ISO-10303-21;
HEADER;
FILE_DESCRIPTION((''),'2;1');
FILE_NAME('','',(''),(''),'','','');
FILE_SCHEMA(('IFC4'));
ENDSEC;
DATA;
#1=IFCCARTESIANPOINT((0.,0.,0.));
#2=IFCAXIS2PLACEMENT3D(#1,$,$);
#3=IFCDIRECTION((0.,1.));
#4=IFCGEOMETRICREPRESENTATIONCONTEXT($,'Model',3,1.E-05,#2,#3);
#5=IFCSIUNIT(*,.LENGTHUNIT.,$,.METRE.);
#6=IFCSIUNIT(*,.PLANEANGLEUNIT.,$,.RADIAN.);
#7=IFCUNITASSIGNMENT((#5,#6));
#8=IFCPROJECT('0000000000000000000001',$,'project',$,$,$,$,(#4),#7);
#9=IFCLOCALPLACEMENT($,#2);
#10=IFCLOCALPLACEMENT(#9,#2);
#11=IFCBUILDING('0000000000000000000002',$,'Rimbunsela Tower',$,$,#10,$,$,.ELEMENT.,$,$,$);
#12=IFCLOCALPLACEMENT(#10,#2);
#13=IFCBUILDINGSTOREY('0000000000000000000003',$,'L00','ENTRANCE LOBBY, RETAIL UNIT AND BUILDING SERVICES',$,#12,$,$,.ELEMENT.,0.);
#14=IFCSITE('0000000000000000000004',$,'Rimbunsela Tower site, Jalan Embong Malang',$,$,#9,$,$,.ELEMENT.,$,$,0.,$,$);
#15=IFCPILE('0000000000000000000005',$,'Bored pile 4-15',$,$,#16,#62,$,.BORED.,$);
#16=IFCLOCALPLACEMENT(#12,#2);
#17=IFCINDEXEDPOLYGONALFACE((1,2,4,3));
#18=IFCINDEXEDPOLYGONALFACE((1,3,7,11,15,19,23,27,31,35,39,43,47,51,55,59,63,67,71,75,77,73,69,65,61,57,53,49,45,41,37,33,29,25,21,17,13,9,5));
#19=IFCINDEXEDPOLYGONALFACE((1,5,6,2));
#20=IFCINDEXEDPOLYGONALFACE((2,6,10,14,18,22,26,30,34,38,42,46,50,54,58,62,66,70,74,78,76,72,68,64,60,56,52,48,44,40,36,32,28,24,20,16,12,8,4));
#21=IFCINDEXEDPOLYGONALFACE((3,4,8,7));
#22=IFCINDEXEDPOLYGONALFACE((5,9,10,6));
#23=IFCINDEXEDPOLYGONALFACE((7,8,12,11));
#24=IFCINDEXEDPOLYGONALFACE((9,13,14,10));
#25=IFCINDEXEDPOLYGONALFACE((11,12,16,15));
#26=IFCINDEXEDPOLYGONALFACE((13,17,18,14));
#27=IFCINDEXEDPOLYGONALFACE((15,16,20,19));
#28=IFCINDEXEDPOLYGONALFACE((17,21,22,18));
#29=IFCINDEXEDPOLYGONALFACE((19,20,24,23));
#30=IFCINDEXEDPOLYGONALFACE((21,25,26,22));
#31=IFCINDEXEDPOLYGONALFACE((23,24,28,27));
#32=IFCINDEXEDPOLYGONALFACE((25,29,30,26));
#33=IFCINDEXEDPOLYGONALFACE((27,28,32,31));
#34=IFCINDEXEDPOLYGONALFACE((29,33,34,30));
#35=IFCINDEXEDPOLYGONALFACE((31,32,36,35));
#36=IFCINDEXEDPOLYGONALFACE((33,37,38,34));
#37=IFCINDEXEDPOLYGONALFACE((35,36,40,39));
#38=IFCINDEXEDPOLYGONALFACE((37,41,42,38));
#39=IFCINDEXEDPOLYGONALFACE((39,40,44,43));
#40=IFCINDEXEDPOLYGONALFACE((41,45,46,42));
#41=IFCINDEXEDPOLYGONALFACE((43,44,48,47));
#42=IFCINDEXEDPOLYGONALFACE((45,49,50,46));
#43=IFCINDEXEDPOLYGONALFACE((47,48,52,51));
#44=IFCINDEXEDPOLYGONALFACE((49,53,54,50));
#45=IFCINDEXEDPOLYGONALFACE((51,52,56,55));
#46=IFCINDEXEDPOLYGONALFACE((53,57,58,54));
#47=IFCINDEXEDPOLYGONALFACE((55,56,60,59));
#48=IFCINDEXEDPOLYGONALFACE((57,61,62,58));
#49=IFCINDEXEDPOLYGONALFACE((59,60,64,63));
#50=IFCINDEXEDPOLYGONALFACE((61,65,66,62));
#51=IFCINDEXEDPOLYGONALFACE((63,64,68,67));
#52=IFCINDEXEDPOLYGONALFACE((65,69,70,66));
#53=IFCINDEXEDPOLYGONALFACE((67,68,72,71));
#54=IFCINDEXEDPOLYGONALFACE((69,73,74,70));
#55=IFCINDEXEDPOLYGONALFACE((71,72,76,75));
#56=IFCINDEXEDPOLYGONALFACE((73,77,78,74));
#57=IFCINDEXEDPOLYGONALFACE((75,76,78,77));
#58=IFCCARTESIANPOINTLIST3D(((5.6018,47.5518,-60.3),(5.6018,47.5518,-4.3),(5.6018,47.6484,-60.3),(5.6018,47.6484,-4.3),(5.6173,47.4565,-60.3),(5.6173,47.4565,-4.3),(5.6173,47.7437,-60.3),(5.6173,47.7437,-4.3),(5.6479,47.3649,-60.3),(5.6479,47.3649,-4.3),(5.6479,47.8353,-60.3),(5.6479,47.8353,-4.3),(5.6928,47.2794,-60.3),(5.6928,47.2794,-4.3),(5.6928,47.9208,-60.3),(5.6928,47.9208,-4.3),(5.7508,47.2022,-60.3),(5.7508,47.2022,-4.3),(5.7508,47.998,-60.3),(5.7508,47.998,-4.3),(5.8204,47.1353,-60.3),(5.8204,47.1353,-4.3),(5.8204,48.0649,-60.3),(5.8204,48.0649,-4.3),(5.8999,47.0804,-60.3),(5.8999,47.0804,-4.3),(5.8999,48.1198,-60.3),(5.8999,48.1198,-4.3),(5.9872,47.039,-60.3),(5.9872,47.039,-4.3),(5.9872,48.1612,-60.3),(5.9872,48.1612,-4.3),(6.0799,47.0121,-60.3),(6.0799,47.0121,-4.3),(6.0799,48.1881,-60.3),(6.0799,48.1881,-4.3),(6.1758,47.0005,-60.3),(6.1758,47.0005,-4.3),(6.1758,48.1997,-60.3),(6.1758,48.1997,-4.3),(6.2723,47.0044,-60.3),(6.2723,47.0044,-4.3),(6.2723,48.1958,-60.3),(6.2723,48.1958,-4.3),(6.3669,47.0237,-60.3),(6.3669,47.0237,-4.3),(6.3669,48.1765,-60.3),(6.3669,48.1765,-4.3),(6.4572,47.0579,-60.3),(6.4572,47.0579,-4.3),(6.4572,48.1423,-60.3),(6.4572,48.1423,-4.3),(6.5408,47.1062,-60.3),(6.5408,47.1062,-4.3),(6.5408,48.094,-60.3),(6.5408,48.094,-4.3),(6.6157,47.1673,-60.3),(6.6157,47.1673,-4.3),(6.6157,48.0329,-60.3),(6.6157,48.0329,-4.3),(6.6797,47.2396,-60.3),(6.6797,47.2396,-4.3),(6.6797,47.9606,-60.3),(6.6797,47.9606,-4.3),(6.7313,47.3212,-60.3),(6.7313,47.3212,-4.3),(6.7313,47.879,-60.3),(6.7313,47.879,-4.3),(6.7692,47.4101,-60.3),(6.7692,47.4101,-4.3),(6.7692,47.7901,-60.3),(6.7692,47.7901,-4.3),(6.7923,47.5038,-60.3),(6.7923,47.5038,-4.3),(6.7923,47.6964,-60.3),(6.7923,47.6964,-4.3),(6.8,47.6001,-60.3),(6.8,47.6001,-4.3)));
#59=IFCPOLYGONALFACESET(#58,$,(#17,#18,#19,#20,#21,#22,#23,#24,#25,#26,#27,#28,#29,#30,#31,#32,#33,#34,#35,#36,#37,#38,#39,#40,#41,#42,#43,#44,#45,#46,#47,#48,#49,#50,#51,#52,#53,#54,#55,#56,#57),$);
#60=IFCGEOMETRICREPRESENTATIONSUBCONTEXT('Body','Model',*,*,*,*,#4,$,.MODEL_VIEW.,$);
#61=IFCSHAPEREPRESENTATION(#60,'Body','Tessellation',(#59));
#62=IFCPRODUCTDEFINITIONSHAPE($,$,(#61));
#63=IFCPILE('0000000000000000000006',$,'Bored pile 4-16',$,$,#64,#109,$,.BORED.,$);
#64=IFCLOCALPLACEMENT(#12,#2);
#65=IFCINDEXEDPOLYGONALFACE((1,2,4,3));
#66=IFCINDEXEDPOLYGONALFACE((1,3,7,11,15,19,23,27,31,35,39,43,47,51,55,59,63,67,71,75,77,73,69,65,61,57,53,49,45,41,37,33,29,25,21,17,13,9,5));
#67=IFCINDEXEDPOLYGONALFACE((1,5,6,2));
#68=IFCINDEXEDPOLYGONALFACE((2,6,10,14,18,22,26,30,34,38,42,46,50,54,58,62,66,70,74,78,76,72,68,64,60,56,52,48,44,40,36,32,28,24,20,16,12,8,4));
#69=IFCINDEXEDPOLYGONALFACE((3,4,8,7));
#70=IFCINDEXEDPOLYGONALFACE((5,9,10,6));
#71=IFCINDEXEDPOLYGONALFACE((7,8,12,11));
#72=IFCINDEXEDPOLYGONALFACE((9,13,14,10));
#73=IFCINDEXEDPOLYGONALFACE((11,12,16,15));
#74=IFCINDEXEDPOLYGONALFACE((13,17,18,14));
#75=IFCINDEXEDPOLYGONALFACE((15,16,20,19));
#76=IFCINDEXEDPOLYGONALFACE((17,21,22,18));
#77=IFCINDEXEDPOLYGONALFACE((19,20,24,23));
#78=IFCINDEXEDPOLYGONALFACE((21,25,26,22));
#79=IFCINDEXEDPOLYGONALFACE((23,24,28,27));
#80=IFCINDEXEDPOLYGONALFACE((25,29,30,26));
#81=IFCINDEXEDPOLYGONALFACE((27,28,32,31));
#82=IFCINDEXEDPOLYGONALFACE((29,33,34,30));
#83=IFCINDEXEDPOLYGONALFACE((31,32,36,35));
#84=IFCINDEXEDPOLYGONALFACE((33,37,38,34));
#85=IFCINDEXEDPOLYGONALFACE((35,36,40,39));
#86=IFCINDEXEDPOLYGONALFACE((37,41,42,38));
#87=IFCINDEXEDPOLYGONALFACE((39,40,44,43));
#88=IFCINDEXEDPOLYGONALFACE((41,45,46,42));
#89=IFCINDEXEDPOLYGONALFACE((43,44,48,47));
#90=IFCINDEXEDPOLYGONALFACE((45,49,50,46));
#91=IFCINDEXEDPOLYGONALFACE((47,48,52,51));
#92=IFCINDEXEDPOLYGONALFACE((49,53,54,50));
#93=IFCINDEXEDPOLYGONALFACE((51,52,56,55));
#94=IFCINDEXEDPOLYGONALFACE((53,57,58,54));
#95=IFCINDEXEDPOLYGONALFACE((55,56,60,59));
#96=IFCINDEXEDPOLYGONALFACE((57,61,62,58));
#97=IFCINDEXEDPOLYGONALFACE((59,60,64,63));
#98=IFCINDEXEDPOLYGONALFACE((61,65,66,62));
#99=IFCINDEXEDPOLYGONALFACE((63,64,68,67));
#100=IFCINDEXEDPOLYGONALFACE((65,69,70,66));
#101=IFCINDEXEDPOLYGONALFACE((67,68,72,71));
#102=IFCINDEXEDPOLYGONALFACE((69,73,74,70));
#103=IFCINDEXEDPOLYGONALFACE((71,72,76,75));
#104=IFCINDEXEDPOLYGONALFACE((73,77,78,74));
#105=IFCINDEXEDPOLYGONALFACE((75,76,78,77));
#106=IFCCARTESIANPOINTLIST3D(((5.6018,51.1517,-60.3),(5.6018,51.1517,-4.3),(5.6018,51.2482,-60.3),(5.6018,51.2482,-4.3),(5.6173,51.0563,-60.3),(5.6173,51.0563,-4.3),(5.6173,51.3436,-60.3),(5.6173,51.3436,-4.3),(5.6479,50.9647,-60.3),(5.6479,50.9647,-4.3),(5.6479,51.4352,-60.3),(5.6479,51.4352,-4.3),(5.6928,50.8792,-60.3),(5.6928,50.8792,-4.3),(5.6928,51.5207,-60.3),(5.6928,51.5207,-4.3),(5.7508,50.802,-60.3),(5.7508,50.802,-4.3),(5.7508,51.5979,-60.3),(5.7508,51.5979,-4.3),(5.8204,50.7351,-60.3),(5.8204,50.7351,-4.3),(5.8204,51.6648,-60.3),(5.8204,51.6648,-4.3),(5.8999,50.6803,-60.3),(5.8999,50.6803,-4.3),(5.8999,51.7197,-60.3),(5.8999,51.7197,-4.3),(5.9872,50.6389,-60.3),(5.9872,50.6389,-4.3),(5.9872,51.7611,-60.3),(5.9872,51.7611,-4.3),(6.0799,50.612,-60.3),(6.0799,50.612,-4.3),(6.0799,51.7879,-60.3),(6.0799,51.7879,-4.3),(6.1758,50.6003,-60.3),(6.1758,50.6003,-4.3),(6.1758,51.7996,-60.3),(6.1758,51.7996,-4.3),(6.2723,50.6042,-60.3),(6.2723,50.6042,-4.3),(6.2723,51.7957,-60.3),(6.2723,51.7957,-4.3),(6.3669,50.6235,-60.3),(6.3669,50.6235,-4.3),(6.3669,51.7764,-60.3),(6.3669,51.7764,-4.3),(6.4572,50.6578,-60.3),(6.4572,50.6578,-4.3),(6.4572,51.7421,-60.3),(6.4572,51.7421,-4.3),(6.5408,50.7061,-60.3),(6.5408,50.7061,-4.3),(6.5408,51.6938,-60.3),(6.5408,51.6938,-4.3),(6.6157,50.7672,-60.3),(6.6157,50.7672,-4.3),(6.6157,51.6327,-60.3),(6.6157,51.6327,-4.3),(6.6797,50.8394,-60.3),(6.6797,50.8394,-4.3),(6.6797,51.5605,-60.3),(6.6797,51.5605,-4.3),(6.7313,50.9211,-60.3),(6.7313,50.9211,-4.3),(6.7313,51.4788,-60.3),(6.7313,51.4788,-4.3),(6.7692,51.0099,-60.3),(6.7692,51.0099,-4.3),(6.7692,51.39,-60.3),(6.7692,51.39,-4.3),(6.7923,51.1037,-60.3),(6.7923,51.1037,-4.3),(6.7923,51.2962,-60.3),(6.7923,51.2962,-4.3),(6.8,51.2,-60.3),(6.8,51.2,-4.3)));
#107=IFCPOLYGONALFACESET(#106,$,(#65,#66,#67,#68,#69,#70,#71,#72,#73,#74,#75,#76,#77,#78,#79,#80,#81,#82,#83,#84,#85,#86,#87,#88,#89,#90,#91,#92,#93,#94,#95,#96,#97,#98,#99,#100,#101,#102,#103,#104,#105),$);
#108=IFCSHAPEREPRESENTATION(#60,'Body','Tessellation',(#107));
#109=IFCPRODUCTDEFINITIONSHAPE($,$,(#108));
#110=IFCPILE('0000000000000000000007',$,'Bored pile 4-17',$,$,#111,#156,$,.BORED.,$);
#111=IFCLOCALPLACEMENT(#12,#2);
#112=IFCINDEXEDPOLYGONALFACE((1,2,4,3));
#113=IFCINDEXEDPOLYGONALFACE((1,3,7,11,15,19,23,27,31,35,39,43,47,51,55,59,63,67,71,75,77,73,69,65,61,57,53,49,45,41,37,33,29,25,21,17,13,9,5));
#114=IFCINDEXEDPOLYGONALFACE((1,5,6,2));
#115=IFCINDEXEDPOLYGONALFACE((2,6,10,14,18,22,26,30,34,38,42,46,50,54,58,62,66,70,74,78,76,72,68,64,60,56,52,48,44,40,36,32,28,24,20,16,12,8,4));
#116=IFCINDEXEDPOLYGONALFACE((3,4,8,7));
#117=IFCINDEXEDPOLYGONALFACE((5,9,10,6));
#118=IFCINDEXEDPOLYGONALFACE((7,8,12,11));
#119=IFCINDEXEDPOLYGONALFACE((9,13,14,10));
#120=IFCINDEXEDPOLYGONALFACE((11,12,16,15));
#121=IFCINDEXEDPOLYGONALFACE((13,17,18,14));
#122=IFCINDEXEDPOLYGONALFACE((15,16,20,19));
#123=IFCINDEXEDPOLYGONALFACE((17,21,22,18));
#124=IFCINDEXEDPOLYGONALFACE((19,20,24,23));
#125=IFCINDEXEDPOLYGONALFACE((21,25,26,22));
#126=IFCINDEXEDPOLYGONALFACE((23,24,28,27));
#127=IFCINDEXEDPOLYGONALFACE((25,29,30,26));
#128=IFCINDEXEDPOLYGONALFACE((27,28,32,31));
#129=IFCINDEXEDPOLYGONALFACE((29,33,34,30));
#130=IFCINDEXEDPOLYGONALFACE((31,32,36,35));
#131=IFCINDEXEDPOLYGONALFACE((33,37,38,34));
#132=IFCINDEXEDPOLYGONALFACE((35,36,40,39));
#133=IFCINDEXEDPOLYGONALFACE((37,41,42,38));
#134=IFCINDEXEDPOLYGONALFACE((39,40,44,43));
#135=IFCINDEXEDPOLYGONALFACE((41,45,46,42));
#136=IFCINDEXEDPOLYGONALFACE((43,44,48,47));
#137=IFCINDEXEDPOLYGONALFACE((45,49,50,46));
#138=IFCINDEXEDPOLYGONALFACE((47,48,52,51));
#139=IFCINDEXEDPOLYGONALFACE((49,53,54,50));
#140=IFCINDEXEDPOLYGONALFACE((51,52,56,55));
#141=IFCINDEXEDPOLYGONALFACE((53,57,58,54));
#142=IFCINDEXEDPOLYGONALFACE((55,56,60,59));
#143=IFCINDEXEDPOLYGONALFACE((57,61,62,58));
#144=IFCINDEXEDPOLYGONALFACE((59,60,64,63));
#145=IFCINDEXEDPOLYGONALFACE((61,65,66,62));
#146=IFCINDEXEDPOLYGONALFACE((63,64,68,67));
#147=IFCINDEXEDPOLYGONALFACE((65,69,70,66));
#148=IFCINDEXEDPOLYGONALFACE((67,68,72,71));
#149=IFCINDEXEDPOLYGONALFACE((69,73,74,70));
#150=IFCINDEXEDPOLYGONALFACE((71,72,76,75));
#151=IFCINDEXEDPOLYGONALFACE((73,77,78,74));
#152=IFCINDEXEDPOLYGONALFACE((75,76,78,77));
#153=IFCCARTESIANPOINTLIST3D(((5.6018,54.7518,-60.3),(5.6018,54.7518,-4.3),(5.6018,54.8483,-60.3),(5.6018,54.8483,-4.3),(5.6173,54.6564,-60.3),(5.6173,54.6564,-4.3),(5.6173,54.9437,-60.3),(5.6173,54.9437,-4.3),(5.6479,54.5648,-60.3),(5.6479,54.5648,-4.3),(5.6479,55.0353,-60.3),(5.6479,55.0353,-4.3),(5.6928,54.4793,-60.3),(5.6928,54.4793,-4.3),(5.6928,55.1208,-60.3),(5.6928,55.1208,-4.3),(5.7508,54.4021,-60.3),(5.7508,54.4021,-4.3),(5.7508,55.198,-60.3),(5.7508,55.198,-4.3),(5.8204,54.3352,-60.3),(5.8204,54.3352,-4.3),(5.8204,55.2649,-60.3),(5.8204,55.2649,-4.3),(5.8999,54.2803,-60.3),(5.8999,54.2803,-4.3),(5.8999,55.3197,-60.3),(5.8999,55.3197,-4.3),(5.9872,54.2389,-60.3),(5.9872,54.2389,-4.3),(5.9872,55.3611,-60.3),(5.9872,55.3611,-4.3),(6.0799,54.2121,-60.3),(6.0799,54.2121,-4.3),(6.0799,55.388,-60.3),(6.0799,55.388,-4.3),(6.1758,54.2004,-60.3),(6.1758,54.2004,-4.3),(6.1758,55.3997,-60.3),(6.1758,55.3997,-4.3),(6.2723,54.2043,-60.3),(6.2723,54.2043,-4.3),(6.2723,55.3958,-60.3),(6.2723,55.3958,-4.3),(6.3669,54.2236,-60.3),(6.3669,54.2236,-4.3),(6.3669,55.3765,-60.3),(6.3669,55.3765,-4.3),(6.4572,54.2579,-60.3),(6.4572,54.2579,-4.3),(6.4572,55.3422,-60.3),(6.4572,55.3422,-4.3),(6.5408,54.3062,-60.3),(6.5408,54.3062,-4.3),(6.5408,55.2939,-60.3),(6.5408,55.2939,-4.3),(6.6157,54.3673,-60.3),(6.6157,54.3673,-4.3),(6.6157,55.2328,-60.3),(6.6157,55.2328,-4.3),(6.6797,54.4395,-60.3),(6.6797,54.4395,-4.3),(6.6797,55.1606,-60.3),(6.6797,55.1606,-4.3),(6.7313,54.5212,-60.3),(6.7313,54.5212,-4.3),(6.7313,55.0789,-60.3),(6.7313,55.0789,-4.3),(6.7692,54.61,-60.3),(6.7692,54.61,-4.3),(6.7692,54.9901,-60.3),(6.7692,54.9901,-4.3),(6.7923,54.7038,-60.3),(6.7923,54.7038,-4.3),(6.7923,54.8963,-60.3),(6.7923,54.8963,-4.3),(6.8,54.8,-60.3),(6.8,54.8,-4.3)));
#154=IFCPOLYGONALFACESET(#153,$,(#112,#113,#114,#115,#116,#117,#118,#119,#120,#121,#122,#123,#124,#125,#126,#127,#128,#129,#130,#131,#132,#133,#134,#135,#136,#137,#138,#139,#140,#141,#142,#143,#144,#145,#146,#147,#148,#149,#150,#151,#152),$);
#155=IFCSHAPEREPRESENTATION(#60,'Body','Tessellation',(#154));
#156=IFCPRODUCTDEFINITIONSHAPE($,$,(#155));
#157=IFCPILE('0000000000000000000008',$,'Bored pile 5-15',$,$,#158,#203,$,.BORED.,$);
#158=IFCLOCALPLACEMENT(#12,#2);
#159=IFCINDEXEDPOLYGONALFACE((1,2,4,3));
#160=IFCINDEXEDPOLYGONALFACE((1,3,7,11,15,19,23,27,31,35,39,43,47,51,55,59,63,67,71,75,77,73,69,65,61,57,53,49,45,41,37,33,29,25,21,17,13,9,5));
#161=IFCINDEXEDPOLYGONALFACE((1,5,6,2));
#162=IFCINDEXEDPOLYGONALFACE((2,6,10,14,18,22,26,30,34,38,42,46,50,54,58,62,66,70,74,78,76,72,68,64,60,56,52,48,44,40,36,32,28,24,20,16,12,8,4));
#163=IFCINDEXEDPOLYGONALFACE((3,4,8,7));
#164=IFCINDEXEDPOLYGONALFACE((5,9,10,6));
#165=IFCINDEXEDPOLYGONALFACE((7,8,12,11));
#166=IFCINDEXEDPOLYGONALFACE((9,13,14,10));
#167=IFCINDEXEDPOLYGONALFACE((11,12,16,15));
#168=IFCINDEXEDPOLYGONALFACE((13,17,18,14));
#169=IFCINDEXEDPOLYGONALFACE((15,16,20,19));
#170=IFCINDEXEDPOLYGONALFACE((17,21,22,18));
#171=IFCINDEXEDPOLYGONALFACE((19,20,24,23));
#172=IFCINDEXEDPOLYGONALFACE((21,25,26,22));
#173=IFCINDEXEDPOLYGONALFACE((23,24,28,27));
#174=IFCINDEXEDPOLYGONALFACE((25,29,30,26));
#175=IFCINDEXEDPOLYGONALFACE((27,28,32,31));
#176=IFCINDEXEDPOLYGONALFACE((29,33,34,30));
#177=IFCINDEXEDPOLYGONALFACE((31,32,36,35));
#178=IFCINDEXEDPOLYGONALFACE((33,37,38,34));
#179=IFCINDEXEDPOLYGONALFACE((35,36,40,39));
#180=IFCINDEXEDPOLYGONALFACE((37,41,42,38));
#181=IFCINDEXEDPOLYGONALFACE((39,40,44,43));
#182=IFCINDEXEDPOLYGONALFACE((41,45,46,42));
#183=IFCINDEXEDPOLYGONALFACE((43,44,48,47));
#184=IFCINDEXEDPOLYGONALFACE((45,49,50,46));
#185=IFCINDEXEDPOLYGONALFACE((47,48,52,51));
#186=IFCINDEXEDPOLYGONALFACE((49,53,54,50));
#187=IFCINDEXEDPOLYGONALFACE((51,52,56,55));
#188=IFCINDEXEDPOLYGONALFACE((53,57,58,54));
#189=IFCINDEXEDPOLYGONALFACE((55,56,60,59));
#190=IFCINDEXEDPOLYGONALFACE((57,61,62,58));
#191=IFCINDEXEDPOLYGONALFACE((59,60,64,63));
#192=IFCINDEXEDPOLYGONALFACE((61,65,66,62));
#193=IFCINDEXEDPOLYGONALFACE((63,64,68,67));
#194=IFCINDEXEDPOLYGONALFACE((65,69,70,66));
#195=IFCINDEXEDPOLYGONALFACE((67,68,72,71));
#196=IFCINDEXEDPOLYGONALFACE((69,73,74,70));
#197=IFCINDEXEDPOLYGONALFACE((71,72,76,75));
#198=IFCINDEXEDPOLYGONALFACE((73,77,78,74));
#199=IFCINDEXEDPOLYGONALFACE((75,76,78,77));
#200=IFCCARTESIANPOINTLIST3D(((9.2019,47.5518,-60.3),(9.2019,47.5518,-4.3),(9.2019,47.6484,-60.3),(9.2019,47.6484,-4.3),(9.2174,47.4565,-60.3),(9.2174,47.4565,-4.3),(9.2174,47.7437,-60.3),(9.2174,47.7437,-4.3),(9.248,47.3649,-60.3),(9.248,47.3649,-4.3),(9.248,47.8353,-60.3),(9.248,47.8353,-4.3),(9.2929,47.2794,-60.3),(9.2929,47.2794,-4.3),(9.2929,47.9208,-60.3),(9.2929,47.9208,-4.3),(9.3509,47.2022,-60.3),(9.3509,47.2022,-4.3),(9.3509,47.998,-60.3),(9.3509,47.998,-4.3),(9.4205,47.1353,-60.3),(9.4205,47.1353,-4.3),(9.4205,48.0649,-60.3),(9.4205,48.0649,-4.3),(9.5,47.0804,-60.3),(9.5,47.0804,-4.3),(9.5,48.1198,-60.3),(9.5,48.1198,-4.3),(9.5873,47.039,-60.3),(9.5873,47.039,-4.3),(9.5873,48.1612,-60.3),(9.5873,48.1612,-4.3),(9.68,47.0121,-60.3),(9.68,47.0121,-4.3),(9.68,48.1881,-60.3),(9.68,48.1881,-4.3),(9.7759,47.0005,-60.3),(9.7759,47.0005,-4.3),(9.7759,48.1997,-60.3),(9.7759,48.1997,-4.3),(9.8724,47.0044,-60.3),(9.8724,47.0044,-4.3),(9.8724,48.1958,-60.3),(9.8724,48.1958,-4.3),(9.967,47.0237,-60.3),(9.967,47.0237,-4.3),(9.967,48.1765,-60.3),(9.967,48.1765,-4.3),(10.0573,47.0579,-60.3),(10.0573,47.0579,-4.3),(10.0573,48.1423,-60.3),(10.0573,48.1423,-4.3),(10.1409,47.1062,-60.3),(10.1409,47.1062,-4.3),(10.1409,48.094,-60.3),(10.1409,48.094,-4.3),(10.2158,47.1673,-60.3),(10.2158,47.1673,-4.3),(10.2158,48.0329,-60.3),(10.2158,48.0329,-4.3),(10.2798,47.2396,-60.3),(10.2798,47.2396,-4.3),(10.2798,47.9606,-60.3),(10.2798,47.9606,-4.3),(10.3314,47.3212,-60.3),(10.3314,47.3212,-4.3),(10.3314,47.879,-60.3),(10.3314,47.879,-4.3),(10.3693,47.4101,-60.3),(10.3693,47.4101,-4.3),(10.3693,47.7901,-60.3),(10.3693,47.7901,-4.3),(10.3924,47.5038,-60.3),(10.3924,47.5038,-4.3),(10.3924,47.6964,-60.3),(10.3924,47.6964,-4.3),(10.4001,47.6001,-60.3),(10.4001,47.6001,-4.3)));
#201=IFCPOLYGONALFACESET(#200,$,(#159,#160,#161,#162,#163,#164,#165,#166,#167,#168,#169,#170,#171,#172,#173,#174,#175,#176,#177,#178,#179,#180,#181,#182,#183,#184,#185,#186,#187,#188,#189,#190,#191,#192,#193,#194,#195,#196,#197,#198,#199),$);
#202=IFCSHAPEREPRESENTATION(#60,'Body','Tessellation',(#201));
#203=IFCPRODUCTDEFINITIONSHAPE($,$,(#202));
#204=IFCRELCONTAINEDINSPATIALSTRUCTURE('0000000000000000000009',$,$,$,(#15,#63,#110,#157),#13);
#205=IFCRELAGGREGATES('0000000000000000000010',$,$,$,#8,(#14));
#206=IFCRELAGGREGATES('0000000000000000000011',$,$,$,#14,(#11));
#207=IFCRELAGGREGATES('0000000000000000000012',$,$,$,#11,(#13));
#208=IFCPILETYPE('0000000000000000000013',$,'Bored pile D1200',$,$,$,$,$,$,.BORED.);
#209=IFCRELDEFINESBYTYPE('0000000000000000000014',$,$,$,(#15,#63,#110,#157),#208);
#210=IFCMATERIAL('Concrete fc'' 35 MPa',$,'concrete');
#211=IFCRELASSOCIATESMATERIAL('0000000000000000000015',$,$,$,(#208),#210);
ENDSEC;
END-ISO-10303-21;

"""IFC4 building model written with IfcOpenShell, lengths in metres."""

from ifc_helpers import new_model, si_unit, direction, frame, origin, origin_2d, place, context, subcontext, project, spatial, circle, extrude, material, material_profile, profile_set, type_object, element, save


model = new_model("IFC4")

# Units and contexts
model_context = context("Model", 3, precision=1e-05, world=origin(), true_north=direction((0.0, 1.0)))
body_context = subcontext(model_context, "Body", "Model", "MODEL_VIEW")
ifc_project = project(units=[si_unit("LENGTHUNIT", "METRE"), si_unit("PLANEANGLEUNIT", "RADIAN")], contexts=[model_context])

# Site, building, storey
site_placement = place(None, origin())
site = spatial("IfcSite", under=ifc_project, at=site_placement, Name="Rimbunsela Tower site, Jalan Embong Malang", CompositionType="ELEMENT", RefElevation=0.0)
building_placement = place(site_placement, origin())
building = spatial("IfcBuilding", under=site, at=building_placement, Name="Rimbunsela Tower", CompositionType="ELEMENT")
storey_placement = place(building_placement, origin())
storey = spatial("IfcBuildingStorey", under=building, at=storey_placement, Name="L00", Description="ENTRANCE LOBBY, RETAIL UNIT AND BUILDING SERVICES", CompositionType="ELEMENT", Elevation=0.0)

# Piles
ifc_material_1 = material(Name="Concrete fc' 35 MPa", Category="concrete")
ifc_material_profile_1 = material_profile(ifc_material_1, circle(Radius=0.6001, at=origin_2d()), Name="BP D1200")
ifc_profile_set_1 = profile_set([ifc_material_profile_1], Name="Concrete fc' 35 MPa")
pile_type = type_object("IfcPileType", Name="Bored pile D1200", PredefinedType="BORED", material=ifc_profile_set_1)
for number, where, z_axis, x_axis, name in (
    (1, (6.2, 47.6001, -4.3), (0.0, 0.0, -1.0), (1.0, 0.0, 0.0), "Bored pile 4-15"),
    (2, (6.2, 51.2, -4.3), (0.0, 0.0, -1.0), (1.0, 0.0, 0.0), "Bored pile 4-16"),
    (3, (6.2, 54.8, -4.3), (0.0, 0.0, -1.0), (1.0, 0.0, 0.0), "Bored pile 4-17"),
    (4, (9.8, 47.6001, -4.3), (0.0, 0.0, -1.0), (1.0, 0.0, 0.0), "Bored pile 5-15"),
):
    element("IfcPile", number, at=place(storey_placement, frame(where, z_axis=z_axis, x_axis=x_axis)), inside=storey, type_object=pile_type, Name=name, PredefinedType="BORED", context=body_context, shape_type="SweptSolid", body=[
        extrude(circle(Radius=0.6001, at=origin_2d()), origin(), (0.0, 0.0, 1.0), 56.0),
    ])

save(model, "model.ifc")
